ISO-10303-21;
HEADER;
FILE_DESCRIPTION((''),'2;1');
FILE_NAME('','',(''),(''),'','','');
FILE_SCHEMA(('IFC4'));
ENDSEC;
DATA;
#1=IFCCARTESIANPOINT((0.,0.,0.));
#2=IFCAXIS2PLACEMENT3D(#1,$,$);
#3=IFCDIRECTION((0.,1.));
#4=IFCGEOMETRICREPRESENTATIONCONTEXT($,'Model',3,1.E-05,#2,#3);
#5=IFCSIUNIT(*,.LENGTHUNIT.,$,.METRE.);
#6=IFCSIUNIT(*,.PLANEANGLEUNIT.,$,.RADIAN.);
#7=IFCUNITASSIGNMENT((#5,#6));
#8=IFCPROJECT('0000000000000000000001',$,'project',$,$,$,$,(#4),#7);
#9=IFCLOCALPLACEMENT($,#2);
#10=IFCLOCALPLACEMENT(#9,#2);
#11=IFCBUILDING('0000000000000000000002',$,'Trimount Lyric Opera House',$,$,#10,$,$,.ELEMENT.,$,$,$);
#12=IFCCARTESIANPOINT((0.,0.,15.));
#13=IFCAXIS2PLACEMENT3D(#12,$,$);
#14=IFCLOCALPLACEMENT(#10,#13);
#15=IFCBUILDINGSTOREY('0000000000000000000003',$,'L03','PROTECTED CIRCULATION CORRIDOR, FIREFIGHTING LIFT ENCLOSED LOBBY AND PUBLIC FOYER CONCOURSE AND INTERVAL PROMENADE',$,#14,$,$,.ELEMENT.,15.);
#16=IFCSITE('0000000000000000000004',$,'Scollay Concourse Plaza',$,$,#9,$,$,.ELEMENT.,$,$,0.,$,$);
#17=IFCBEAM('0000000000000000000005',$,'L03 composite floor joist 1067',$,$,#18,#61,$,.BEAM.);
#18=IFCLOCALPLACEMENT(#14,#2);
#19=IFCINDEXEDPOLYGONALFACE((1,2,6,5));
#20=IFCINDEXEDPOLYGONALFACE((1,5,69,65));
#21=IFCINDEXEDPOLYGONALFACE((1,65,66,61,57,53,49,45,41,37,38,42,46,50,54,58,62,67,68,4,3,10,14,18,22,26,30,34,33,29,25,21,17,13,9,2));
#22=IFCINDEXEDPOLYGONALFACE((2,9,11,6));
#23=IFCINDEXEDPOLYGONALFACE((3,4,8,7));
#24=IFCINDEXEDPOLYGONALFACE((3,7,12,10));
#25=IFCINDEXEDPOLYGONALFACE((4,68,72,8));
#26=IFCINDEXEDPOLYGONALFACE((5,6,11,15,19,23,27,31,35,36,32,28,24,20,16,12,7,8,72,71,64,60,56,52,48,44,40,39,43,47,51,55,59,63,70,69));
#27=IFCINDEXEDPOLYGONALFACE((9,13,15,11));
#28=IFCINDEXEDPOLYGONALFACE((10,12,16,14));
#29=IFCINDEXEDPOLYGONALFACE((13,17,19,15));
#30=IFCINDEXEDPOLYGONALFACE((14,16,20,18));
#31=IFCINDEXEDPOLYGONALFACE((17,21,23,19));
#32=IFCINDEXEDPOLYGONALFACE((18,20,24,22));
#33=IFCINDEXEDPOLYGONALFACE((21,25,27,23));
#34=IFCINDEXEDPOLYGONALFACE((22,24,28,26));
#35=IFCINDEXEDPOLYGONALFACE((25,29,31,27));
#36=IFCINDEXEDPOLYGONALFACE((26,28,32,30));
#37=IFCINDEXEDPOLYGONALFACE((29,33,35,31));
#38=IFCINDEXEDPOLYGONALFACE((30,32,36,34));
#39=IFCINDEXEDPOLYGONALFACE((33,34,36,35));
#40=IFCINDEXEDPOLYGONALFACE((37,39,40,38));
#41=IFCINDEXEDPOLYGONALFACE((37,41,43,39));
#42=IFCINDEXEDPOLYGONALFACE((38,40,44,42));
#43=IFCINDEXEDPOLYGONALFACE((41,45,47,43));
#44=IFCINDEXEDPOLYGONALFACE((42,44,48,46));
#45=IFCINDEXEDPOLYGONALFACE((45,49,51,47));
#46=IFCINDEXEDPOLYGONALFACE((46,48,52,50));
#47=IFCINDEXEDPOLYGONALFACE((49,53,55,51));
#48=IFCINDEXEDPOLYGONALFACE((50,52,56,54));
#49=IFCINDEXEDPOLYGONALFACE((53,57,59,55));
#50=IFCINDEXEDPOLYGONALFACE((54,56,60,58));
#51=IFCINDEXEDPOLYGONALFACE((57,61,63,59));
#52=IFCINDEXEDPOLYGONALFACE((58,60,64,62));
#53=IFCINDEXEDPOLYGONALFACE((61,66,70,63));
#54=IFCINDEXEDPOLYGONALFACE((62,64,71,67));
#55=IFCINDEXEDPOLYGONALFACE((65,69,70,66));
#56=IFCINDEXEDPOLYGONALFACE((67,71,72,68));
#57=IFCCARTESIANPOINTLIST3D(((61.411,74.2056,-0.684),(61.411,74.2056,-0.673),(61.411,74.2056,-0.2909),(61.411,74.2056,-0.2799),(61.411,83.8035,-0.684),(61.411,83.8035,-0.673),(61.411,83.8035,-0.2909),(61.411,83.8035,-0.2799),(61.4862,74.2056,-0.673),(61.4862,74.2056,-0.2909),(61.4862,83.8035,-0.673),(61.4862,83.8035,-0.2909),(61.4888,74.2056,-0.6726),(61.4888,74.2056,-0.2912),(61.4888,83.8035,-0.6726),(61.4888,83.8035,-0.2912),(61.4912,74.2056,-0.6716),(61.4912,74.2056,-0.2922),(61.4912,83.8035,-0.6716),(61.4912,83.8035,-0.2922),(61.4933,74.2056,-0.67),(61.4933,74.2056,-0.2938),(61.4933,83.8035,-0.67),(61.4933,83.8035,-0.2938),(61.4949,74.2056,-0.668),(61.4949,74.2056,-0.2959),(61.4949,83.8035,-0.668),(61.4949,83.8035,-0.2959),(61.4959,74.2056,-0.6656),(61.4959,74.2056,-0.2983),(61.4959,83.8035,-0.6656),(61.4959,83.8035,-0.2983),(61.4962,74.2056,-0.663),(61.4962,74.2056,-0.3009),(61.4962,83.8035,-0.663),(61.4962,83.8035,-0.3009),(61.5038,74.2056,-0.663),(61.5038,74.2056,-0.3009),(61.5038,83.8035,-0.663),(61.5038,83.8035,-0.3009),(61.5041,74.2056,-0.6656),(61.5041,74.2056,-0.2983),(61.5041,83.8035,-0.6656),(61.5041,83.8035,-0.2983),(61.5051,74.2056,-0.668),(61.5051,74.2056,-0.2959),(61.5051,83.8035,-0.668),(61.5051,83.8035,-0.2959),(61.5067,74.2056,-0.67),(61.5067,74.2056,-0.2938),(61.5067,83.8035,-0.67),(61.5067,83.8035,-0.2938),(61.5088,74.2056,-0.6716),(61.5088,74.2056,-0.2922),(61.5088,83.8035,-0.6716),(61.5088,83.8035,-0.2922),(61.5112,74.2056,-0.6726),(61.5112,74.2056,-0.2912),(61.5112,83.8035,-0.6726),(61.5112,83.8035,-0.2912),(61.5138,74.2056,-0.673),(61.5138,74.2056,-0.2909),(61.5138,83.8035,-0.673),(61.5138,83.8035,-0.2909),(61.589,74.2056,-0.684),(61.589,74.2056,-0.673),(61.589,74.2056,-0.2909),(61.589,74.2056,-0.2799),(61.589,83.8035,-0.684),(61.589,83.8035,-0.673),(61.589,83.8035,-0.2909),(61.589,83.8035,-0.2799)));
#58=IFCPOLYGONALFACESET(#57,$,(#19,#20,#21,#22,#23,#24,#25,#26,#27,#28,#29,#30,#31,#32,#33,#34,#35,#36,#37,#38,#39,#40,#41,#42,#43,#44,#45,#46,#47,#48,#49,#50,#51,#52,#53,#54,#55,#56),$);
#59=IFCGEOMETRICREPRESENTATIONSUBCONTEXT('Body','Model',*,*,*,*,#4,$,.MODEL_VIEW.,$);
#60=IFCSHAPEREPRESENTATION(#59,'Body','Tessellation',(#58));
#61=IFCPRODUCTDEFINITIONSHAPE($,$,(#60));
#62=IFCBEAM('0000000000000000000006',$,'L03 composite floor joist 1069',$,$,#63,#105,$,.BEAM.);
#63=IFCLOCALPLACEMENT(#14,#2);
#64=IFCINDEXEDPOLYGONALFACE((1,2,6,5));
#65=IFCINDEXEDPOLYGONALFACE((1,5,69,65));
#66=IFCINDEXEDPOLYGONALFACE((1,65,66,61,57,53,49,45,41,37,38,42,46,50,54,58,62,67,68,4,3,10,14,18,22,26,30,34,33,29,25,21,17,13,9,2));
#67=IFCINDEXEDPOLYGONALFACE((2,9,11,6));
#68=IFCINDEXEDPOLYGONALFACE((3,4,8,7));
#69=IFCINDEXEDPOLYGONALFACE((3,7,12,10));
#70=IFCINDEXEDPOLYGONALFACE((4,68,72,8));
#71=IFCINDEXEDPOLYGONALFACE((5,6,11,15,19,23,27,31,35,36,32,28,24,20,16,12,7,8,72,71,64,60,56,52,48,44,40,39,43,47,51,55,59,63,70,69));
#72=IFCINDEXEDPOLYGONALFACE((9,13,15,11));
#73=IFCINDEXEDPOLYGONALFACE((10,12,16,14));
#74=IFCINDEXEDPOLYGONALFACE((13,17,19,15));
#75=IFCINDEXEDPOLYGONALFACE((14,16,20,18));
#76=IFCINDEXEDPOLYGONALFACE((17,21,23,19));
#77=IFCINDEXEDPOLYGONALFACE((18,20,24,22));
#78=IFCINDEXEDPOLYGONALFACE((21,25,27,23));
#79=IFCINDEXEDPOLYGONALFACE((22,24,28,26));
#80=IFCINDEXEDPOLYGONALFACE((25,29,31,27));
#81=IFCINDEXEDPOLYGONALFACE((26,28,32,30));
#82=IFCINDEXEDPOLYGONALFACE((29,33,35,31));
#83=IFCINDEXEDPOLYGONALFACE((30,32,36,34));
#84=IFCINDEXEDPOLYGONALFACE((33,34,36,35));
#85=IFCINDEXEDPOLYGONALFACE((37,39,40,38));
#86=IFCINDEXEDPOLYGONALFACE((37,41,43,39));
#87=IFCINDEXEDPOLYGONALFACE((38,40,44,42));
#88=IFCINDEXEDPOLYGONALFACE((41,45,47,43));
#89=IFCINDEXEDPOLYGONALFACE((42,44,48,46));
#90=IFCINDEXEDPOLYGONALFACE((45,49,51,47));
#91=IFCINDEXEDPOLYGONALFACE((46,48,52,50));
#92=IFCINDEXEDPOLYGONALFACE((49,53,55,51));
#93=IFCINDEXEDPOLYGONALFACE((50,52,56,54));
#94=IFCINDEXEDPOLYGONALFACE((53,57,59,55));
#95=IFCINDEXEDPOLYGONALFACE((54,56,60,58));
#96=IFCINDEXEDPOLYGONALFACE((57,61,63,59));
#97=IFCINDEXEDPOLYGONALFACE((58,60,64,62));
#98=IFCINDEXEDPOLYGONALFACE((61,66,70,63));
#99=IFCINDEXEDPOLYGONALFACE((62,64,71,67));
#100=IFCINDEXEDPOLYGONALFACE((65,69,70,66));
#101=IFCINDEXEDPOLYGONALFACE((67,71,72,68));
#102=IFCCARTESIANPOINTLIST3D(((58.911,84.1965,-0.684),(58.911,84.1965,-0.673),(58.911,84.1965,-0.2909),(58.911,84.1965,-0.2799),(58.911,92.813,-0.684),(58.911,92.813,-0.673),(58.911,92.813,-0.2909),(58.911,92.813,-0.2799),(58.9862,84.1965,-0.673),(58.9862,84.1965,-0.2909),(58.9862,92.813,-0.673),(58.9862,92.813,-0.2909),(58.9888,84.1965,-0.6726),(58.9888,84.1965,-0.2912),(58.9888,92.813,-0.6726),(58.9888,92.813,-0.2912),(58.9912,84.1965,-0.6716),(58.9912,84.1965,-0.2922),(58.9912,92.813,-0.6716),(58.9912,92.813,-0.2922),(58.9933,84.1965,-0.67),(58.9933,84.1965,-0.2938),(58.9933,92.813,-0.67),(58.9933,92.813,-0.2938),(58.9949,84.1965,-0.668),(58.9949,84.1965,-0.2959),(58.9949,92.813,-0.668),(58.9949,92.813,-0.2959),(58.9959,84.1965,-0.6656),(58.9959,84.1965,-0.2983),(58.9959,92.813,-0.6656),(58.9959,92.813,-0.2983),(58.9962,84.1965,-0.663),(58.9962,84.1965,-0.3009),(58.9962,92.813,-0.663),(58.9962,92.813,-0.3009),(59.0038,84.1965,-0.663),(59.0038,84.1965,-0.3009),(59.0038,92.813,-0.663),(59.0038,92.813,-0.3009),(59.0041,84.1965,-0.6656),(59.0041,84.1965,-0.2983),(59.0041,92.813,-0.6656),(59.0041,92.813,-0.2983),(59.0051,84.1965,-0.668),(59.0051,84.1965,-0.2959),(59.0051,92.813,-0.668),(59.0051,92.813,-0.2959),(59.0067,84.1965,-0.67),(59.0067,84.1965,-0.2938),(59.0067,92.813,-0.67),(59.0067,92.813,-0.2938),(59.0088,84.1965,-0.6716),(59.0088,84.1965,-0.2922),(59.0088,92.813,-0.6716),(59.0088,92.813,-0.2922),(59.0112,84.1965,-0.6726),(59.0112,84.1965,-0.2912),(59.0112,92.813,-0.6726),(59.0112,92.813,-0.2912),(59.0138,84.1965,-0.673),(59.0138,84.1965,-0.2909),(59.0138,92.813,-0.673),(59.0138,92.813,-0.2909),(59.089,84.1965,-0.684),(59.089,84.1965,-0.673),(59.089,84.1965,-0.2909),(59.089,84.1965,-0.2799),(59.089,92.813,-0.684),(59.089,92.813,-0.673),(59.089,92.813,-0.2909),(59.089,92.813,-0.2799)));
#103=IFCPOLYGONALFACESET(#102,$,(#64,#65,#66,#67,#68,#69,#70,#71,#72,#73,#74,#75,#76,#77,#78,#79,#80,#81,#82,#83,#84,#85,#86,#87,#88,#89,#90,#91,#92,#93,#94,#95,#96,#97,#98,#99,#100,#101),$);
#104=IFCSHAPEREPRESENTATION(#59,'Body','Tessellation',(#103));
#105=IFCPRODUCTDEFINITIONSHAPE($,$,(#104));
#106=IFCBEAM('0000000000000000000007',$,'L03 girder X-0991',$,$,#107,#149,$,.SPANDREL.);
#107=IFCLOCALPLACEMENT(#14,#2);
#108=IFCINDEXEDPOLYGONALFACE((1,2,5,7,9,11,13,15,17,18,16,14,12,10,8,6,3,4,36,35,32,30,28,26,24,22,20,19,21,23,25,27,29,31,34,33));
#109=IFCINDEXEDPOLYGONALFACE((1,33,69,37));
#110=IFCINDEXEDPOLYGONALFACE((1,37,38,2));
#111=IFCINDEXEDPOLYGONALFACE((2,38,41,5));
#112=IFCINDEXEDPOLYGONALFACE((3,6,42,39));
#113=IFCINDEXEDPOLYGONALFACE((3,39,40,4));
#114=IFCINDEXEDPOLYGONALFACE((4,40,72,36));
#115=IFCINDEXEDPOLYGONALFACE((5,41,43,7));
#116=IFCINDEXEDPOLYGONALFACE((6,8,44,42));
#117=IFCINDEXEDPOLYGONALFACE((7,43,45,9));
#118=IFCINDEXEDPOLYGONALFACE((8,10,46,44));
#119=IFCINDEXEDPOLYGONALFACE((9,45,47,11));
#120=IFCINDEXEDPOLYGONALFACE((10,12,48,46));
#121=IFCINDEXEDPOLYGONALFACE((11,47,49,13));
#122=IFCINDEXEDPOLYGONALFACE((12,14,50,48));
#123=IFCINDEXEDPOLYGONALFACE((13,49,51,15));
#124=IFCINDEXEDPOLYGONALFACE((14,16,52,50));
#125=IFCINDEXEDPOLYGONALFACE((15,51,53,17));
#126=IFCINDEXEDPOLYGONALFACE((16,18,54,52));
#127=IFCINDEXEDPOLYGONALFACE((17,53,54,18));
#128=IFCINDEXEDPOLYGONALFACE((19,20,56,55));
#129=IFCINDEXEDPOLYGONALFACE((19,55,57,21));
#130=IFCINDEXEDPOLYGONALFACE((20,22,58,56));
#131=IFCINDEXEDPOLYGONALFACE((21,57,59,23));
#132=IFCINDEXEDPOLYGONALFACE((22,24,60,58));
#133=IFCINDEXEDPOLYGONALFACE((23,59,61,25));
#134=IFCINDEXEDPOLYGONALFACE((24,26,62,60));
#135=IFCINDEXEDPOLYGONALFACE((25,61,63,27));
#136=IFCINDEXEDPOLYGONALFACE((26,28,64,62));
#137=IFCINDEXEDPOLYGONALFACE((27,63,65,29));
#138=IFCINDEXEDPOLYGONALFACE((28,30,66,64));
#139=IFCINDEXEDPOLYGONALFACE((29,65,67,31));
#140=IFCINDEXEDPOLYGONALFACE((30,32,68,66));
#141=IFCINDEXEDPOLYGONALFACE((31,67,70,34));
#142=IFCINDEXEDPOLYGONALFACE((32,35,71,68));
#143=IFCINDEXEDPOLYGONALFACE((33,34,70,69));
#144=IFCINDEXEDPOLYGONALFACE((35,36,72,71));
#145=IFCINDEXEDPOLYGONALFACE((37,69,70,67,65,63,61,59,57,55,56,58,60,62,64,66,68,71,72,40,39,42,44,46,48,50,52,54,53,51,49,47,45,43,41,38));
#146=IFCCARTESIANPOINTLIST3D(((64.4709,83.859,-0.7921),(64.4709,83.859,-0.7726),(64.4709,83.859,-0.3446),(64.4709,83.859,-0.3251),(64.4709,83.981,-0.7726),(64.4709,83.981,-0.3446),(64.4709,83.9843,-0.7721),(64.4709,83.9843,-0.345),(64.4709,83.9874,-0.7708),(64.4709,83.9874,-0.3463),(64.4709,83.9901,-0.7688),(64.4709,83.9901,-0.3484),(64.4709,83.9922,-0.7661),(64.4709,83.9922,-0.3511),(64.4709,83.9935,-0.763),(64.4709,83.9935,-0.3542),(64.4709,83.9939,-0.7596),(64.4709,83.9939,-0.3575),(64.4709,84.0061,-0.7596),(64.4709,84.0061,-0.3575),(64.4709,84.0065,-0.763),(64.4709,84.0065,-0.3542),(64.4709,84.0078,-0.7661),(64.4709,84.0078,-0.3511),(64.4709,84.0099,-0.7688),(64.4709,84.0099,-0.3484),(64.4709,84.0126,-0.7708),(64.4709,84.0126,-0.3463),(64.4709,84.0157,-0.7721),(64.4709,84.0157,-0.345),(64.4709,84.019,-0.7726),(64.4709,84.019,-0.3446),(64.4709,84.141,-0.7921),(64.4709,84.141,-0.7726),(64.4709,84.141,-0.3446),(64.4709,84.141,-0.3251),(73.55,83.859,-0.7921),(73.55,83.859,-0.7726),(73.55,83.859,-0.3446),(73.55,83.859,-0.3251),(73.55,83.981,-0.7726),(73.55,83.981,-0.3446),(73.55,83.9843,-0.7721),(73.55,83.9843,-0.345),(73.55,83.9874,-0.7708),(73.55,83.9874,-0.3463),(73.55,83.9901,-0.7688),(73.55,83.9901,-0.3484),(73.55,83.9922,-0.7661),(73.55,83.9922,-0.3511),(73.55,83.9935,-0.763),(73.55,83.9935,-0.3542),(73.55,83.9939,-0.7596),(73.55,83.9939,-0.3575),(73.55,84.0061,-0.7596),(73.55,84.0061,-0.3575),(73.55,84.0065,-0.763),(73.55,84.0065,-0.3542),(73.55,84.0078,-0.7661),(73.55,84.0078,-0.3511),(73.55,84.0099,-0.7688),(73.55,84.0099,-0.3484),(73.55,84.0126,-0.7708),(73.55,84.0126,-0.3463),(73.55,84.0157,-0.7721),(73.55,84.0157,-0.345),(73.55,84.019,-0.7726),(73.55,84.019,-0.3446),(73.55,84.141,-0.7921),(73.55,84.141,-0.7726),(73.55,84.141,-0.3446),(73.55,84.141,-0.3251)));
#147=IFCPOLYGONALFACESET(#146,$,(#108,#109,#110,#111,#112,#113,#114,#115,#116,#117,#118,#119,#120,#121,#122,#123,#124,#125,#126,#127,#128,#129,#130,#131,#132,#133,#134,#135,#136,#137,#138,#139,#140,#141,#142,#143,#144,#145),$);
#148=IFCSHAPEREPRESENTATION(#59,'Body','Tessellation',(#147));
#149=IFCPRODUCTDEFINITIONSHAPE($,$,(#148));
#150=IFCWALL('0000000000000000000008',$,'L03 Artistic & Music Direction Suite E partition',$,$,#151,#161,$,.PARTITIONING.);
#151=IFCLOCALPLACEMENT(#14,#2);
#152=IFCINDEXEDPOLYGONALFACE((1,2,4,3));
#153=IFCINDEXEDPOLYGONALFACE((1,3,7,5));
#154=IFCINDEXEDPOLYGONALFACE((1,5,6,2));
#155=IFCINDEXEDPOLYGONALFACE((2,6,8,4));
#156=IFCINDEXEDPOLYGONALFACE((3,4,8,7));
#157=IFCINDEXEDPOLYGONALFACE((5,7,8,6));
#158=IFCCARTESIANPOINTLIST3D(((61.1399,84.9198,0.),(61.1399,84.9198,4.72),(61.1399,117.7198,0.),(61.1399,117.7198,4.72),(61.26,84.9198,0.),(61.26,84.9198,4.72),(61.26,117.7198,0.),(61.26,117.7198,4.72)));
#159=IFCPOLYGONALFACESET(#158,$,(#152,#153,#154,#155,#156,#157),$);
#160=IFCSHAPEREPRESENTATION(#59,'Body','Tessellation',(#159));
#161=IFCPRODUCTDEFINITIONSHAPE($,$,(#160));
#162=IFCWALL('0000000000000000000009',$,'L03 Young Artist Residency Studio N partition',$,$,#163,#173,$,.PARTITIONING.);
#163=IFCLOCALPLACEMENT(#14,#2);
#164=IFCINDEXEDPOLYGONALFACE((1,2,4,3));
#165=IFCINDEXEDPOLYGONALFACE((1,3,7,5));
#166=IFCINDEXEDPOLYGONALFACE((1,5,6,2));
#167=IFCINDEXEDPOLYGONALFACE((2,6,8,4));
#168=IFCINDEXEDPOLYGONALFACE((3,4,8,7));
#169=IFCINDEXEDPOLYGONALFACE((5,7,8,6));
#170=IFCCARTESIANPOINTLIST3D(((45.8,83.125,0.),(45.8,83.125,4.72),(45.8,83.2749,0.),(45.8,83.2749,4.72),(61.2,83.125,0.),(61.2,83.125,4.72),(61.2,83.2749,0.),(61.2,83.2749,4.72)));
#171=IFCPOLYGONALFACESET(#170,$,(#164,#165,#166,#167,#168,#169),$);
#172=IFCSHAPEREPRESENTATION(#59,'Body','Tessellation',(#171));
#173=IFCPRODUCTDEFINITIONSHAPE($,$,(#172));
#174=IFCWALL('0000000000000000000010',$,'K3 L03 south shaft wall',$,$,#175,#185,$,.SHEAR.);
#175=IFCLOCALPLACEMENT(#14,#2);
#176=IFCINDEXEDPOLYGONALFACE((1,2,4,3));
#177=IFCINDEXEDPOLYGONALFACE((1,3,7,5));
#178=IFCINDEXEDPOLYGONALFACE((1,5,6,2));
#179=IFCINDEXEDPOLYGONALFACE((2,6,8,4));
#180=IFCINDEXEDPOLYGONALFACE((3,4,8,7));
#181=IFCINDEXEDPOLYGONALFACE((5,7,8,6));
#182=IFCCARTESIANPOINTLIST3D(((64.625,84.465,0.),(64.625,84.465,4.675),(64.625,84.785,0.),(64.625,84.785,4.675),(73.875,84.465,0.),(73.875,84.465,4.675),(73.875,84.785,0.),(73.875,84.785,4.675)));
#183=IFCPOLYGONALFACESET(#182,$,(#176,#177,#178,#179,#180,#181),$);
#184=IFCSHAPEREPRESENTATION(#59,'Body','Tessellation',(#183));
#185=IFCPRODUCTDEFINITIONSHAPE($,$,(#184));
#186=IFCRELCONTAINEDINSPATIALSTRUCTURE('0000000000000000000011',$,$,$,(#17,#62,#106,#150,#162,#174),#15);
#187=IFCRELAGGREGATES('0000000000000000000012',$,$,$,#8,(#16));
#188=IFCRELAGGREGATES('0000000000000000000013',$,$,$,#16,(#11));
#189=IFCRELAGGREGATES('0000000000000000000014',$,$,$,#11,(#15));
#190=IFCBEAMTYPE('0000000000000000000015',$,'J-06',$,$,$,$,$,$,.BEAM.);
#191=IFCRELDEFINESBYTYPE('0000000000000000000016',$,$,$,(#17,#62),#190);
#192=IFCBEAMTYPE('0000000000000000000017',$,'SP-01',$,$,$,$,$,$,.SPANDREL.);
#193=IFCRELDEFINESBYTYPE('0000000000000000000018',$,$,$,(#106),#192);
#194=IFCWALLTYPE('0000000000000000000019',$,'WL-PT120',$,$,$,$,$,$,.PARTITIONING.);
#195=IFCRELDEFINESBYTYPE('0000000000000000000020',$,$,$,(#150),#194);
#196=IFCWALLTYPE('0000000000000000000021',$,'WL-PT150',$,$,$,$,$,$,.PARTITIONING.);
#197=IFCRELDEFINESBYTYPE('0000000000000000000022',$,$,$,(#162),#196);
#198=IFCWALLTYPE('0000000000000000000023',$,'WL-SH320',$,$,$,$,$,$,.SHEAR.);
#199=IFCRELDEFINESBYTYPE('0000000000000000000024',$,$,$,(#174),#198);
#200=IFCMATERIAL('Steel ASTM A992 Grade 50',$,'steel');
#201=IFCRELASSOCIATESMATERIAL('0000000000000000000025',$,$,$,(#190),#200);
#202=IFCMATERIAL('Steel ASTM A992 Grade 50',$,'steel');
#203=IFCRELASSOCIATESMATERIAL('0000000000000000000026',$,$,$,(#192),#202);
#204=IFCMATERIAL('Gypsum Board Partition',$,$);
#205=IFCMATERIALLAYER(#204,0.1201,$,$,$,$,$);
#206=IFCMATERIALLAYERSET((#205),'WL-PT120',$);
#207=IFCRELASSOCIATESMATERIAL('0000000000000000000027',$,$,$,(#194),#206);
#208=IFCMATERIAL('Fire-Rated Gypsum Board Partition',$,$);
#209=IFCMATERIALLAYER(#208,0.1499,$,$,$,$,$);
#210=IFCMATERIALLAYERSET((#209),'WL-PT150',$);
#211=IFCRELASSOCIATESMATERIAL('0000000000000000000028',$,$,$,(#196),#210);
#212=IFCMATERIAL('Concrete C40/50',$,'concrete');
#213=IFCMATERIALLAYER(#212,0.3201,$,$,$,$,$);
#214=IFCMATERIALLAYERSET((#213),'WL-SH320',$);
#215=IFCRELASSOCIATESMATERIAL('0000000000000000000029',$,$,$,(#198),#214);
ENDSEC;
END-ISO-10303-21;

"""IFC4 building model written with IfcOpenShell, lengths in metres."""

from ifc_helpers import new_model, si_unit, direction, frame, frame_2d, origin, origin_2d, place, context, subcontext, project, spatial, rectangle, i_section, extrude, material, layer, layer_set, material_profile, profile_set, type_object, element, save


model = new_model("IFC4")

# Units and contexts
model_context = context("Model", 3, precision=1e-05, world=origin(), true_north=direction((0.0, 1.0)))
body_context = subcontext(model_context, "Body", "Model", "MODEL_VIEW")
ifc_project = project(units=[si_unit("LENGTHUNIT", "METRE"), si_unit("PLANEANGLEUNIT", "RADIAN")], contexts=[model_context])

# Site, building, storey
site_placement = place(None, origin())
site = spatial("IfcSite", under=ifc_project, at=site_placement, Name="Scollay Concourse Plaza", CompositionType="ELEMENT", RefElevation=0.0)
building_placement = place(site_placement, origin())
building = spatial("IfcBuilding", under=site, at=building_placement, Name="Trimount Lyric Opera House", CompositionType="ELEMENT")
storey_placement = place(building_placement, frame((0.0, 0.0, 15.0)))
storey = spatial("IfcBuildingStorey", under=building, at=storey_placement, Name="L03", Description="PROTECTED CIRCULATION CORRIDOR, FIREFIGHTING LIFT ENCLOSED LOBBY AND PUBLIC FOYER CONCOURSE AND INTERVAL PROMENADE", CompositionType="ELEMENT", Elevation=15.0)

# Beams
ifc_material_1 = material(Name="Steel ASTM A992 Grade 50", Category="steel")
ifc_material_profile_1 = material_profile(ifc_material_1, i_section(OverallWidth=0.178, OverallDepth=0.4041, WebThickness=0.0076, FlangeThickness=0.011, FilletRadius=0.01, at=origin_2d()), Name="W16X36")
ifc_profile_set_1 = profile_set([ifc_material_profile_1], Name="Steel ASTM A992 Grade 50")
beam_type_1 = type_object("IfcBeamType", Name="J-06", PredefinedType="BEAM", material=ifc_profile_set_1)
beam_1_placement = place(storey_placement, frame((61.5, 74.2056, -0.4819), z_axis=(0.0, 1.0, 0.0), x_axis=(-1.0, 0.0, 0.0)))
element("IfcBeam", 1, at=beam_1_placement, inside=storey, type_object=beam_type_1, Name="L03 composite floor joist 1067", PredefinedType="BEAM", context=body_context, shape_type="SweptSolid", body=[
    extrude(i_section(OverallWidth=0.178, OverallDepth=0.4041, WebThickness=0.0076, FlangeThickness=0.011, FilletRadius=0.01, at=origin_2d()), origin(), (0.0, 0.0, 1.0), 9.5979),
])
beam_2_placement = place(storey_placement, frame((59.0, 84.1965, -0.4819), z_axis=(0.0, 1.0, 0.0), x_axis=(-1.0, 0.0, 0.0)))
element("IfcBeam", 2, at=beam_2_placement, inside=storey, type_object=beam_type_1, Name="L03 composite floor joist 1069", PredefinedType="BEAM", context=body_context, shape_type="SweptSolid", body=[
    extrude(i_section(OverallWidth=0.178, OverallDepth=0.4041, WebThickness=0.0076, FlangeThickness=0.011, FilletRadius=0.01, at=origin_2d()), origin(), (0.0, 0.0, 1.0), 8.6165),
])
ifc_material_2 = material(Name="Steel ASTM A992 Grade 50", Category="steel")
ifc_material_profile_2 = material_profile(ifc_material_2, i_section(OverallWidth=0.282, OverallDepth=0.467, WebThickness=0.0122, FlangeThickness=0.0195, FilletRadius=0.0129, at=origin_2d()), Name="W18X86")
ifc_profile_set_2 = profile_set([ifc_material_profile_2], Name="Steel ASTM A992 Grade 50")
beam_type_2 = type_object("IfcBeamType", Name="SP-01", PredefinedType="SPANDREL", material=ifc_profile_set_2)
beam_3_placement = place(storey_placement, frame((64.4709, 84.0, -0.5586), z_axis=(1.0, 0.0, 0.0), x_axis=(0.0, 1.0, 0.0)))
element("IfcBeam", 3, at=beam_3_placement, inside=storey, type_object=beam_type_2, Name="L03 girder X-0991", PredefinedType="SPANDREL", context=body_context, shape_type="SweptSolid", body=[
    extrude(i_section(OverallWidth=0.282, OverallDepth=0.467, WebThickness=0.0122, FlangeThickness=0.0195, FilletRadius=0.0129, at=origin_2d()), origin(), (0.0, 0.0, 1.0), 9.0791),
])

# Walls
ifc_material_3 = material(Name="Gypsum Board Partition")
ifc_layer_1 = layer(ifc_material_3, 0.1201)
ifc_layer_set_1 = layer_set([ifc_layer_1], Name="WL-PT120")
wall_type_1 = type_object("IfcWallType", Name="WL-PT120", PredefinedType="PARTITIONING", material=ifc_layer_set_1)
wall_1_placement = place(storey_placement, frame((61.2, 84.9199, 0.0), z_axis=(0.0, 0.0, 1.0), x_axis=(0.0, 1.0, 0.0)))
element("IfcWall", 4, at=wall_1_placement, inside=storey, type_object=wall_type_1, Name="L03 Artistic & Music Direction Suite E partition", PredefinedType="PARTITIONING", context=body_context, shape_type="SweptSolid", body=[
    extrude(rectangle(XDim=32.8, YDim=0.1201, at=frame_2d((16.3999, 0.0))), origin(), (0.0, 0.0, 1.0), 4.72),
])
ifc_material_4 = material(Name="Fire-Rated Gypsum Board Partition")
ifc_layer_2 = layer(ifc_material_4, 0.1499)
ifc_layer_set_2 = layer_set([ifc_layer_2], Name="WL-PT150")
wall_type_2 = type_object("IfcWallType", Name="WL-PT150", PredefinedType="PARTITIONING", material=ifc_layer_set_2)
wall_2_placement = place(storey_placement, frame((61.2, 83.2, 0.0), z_axis=(0.0, 0.0, 1.0), x_axis=(-1.0, 0.0, 0.0)))
element("IfcWall", 5, at=wall_2_placement, inside=storey, type_object=wall_type_2, Name="L03 Young Artist Residency Studio N partition", PredefinedType="PARTITIONING", context=body_context, shape_type="SweptSolid", body=[
    extrude(rectangle(XDim=15.3999, YDim=0.1499, at=frame_2d((7.7, 0.0))), origin(), (0.0, 0.0, 1.0), 4.72),
])
ifc_material_5 = material(Name="Concrete C40/50", Category="concrete")
ifc_layer_3 = layer(ifc_material_5, 0.3201)
ifc_layer_set_3 = layer_set([ifc_layer_3], Name="WL-SH320")
wall_type_3 = type_object("IfcWallType", Name="WL-SH320", PredefinedType="SHEAR", material=ifc_layer_set_3)
wall_3_placement = place(storey_placement, frame((64.625, 84.625, 0.0), z_axis=(0.0, 0.0, 1.0), x_axis=(1.0, 0.0, 0.0)))
element("IfcWall", 6, at=wall_3_placement, inside=storey, type_object=wall_type_3, Name="K3 L03 south shaft wall", PredefinedType="SHEAR", context=body_context, shape_type="SweptSolid", body=[
    extrude(rectangle(XDim=9.25, YDim=0.3201, at=frame_2d((4.625, 0.0))), origin(), (0.0, 0.0, 1.0), 4.675),
])

save(model, "model.ifc")
